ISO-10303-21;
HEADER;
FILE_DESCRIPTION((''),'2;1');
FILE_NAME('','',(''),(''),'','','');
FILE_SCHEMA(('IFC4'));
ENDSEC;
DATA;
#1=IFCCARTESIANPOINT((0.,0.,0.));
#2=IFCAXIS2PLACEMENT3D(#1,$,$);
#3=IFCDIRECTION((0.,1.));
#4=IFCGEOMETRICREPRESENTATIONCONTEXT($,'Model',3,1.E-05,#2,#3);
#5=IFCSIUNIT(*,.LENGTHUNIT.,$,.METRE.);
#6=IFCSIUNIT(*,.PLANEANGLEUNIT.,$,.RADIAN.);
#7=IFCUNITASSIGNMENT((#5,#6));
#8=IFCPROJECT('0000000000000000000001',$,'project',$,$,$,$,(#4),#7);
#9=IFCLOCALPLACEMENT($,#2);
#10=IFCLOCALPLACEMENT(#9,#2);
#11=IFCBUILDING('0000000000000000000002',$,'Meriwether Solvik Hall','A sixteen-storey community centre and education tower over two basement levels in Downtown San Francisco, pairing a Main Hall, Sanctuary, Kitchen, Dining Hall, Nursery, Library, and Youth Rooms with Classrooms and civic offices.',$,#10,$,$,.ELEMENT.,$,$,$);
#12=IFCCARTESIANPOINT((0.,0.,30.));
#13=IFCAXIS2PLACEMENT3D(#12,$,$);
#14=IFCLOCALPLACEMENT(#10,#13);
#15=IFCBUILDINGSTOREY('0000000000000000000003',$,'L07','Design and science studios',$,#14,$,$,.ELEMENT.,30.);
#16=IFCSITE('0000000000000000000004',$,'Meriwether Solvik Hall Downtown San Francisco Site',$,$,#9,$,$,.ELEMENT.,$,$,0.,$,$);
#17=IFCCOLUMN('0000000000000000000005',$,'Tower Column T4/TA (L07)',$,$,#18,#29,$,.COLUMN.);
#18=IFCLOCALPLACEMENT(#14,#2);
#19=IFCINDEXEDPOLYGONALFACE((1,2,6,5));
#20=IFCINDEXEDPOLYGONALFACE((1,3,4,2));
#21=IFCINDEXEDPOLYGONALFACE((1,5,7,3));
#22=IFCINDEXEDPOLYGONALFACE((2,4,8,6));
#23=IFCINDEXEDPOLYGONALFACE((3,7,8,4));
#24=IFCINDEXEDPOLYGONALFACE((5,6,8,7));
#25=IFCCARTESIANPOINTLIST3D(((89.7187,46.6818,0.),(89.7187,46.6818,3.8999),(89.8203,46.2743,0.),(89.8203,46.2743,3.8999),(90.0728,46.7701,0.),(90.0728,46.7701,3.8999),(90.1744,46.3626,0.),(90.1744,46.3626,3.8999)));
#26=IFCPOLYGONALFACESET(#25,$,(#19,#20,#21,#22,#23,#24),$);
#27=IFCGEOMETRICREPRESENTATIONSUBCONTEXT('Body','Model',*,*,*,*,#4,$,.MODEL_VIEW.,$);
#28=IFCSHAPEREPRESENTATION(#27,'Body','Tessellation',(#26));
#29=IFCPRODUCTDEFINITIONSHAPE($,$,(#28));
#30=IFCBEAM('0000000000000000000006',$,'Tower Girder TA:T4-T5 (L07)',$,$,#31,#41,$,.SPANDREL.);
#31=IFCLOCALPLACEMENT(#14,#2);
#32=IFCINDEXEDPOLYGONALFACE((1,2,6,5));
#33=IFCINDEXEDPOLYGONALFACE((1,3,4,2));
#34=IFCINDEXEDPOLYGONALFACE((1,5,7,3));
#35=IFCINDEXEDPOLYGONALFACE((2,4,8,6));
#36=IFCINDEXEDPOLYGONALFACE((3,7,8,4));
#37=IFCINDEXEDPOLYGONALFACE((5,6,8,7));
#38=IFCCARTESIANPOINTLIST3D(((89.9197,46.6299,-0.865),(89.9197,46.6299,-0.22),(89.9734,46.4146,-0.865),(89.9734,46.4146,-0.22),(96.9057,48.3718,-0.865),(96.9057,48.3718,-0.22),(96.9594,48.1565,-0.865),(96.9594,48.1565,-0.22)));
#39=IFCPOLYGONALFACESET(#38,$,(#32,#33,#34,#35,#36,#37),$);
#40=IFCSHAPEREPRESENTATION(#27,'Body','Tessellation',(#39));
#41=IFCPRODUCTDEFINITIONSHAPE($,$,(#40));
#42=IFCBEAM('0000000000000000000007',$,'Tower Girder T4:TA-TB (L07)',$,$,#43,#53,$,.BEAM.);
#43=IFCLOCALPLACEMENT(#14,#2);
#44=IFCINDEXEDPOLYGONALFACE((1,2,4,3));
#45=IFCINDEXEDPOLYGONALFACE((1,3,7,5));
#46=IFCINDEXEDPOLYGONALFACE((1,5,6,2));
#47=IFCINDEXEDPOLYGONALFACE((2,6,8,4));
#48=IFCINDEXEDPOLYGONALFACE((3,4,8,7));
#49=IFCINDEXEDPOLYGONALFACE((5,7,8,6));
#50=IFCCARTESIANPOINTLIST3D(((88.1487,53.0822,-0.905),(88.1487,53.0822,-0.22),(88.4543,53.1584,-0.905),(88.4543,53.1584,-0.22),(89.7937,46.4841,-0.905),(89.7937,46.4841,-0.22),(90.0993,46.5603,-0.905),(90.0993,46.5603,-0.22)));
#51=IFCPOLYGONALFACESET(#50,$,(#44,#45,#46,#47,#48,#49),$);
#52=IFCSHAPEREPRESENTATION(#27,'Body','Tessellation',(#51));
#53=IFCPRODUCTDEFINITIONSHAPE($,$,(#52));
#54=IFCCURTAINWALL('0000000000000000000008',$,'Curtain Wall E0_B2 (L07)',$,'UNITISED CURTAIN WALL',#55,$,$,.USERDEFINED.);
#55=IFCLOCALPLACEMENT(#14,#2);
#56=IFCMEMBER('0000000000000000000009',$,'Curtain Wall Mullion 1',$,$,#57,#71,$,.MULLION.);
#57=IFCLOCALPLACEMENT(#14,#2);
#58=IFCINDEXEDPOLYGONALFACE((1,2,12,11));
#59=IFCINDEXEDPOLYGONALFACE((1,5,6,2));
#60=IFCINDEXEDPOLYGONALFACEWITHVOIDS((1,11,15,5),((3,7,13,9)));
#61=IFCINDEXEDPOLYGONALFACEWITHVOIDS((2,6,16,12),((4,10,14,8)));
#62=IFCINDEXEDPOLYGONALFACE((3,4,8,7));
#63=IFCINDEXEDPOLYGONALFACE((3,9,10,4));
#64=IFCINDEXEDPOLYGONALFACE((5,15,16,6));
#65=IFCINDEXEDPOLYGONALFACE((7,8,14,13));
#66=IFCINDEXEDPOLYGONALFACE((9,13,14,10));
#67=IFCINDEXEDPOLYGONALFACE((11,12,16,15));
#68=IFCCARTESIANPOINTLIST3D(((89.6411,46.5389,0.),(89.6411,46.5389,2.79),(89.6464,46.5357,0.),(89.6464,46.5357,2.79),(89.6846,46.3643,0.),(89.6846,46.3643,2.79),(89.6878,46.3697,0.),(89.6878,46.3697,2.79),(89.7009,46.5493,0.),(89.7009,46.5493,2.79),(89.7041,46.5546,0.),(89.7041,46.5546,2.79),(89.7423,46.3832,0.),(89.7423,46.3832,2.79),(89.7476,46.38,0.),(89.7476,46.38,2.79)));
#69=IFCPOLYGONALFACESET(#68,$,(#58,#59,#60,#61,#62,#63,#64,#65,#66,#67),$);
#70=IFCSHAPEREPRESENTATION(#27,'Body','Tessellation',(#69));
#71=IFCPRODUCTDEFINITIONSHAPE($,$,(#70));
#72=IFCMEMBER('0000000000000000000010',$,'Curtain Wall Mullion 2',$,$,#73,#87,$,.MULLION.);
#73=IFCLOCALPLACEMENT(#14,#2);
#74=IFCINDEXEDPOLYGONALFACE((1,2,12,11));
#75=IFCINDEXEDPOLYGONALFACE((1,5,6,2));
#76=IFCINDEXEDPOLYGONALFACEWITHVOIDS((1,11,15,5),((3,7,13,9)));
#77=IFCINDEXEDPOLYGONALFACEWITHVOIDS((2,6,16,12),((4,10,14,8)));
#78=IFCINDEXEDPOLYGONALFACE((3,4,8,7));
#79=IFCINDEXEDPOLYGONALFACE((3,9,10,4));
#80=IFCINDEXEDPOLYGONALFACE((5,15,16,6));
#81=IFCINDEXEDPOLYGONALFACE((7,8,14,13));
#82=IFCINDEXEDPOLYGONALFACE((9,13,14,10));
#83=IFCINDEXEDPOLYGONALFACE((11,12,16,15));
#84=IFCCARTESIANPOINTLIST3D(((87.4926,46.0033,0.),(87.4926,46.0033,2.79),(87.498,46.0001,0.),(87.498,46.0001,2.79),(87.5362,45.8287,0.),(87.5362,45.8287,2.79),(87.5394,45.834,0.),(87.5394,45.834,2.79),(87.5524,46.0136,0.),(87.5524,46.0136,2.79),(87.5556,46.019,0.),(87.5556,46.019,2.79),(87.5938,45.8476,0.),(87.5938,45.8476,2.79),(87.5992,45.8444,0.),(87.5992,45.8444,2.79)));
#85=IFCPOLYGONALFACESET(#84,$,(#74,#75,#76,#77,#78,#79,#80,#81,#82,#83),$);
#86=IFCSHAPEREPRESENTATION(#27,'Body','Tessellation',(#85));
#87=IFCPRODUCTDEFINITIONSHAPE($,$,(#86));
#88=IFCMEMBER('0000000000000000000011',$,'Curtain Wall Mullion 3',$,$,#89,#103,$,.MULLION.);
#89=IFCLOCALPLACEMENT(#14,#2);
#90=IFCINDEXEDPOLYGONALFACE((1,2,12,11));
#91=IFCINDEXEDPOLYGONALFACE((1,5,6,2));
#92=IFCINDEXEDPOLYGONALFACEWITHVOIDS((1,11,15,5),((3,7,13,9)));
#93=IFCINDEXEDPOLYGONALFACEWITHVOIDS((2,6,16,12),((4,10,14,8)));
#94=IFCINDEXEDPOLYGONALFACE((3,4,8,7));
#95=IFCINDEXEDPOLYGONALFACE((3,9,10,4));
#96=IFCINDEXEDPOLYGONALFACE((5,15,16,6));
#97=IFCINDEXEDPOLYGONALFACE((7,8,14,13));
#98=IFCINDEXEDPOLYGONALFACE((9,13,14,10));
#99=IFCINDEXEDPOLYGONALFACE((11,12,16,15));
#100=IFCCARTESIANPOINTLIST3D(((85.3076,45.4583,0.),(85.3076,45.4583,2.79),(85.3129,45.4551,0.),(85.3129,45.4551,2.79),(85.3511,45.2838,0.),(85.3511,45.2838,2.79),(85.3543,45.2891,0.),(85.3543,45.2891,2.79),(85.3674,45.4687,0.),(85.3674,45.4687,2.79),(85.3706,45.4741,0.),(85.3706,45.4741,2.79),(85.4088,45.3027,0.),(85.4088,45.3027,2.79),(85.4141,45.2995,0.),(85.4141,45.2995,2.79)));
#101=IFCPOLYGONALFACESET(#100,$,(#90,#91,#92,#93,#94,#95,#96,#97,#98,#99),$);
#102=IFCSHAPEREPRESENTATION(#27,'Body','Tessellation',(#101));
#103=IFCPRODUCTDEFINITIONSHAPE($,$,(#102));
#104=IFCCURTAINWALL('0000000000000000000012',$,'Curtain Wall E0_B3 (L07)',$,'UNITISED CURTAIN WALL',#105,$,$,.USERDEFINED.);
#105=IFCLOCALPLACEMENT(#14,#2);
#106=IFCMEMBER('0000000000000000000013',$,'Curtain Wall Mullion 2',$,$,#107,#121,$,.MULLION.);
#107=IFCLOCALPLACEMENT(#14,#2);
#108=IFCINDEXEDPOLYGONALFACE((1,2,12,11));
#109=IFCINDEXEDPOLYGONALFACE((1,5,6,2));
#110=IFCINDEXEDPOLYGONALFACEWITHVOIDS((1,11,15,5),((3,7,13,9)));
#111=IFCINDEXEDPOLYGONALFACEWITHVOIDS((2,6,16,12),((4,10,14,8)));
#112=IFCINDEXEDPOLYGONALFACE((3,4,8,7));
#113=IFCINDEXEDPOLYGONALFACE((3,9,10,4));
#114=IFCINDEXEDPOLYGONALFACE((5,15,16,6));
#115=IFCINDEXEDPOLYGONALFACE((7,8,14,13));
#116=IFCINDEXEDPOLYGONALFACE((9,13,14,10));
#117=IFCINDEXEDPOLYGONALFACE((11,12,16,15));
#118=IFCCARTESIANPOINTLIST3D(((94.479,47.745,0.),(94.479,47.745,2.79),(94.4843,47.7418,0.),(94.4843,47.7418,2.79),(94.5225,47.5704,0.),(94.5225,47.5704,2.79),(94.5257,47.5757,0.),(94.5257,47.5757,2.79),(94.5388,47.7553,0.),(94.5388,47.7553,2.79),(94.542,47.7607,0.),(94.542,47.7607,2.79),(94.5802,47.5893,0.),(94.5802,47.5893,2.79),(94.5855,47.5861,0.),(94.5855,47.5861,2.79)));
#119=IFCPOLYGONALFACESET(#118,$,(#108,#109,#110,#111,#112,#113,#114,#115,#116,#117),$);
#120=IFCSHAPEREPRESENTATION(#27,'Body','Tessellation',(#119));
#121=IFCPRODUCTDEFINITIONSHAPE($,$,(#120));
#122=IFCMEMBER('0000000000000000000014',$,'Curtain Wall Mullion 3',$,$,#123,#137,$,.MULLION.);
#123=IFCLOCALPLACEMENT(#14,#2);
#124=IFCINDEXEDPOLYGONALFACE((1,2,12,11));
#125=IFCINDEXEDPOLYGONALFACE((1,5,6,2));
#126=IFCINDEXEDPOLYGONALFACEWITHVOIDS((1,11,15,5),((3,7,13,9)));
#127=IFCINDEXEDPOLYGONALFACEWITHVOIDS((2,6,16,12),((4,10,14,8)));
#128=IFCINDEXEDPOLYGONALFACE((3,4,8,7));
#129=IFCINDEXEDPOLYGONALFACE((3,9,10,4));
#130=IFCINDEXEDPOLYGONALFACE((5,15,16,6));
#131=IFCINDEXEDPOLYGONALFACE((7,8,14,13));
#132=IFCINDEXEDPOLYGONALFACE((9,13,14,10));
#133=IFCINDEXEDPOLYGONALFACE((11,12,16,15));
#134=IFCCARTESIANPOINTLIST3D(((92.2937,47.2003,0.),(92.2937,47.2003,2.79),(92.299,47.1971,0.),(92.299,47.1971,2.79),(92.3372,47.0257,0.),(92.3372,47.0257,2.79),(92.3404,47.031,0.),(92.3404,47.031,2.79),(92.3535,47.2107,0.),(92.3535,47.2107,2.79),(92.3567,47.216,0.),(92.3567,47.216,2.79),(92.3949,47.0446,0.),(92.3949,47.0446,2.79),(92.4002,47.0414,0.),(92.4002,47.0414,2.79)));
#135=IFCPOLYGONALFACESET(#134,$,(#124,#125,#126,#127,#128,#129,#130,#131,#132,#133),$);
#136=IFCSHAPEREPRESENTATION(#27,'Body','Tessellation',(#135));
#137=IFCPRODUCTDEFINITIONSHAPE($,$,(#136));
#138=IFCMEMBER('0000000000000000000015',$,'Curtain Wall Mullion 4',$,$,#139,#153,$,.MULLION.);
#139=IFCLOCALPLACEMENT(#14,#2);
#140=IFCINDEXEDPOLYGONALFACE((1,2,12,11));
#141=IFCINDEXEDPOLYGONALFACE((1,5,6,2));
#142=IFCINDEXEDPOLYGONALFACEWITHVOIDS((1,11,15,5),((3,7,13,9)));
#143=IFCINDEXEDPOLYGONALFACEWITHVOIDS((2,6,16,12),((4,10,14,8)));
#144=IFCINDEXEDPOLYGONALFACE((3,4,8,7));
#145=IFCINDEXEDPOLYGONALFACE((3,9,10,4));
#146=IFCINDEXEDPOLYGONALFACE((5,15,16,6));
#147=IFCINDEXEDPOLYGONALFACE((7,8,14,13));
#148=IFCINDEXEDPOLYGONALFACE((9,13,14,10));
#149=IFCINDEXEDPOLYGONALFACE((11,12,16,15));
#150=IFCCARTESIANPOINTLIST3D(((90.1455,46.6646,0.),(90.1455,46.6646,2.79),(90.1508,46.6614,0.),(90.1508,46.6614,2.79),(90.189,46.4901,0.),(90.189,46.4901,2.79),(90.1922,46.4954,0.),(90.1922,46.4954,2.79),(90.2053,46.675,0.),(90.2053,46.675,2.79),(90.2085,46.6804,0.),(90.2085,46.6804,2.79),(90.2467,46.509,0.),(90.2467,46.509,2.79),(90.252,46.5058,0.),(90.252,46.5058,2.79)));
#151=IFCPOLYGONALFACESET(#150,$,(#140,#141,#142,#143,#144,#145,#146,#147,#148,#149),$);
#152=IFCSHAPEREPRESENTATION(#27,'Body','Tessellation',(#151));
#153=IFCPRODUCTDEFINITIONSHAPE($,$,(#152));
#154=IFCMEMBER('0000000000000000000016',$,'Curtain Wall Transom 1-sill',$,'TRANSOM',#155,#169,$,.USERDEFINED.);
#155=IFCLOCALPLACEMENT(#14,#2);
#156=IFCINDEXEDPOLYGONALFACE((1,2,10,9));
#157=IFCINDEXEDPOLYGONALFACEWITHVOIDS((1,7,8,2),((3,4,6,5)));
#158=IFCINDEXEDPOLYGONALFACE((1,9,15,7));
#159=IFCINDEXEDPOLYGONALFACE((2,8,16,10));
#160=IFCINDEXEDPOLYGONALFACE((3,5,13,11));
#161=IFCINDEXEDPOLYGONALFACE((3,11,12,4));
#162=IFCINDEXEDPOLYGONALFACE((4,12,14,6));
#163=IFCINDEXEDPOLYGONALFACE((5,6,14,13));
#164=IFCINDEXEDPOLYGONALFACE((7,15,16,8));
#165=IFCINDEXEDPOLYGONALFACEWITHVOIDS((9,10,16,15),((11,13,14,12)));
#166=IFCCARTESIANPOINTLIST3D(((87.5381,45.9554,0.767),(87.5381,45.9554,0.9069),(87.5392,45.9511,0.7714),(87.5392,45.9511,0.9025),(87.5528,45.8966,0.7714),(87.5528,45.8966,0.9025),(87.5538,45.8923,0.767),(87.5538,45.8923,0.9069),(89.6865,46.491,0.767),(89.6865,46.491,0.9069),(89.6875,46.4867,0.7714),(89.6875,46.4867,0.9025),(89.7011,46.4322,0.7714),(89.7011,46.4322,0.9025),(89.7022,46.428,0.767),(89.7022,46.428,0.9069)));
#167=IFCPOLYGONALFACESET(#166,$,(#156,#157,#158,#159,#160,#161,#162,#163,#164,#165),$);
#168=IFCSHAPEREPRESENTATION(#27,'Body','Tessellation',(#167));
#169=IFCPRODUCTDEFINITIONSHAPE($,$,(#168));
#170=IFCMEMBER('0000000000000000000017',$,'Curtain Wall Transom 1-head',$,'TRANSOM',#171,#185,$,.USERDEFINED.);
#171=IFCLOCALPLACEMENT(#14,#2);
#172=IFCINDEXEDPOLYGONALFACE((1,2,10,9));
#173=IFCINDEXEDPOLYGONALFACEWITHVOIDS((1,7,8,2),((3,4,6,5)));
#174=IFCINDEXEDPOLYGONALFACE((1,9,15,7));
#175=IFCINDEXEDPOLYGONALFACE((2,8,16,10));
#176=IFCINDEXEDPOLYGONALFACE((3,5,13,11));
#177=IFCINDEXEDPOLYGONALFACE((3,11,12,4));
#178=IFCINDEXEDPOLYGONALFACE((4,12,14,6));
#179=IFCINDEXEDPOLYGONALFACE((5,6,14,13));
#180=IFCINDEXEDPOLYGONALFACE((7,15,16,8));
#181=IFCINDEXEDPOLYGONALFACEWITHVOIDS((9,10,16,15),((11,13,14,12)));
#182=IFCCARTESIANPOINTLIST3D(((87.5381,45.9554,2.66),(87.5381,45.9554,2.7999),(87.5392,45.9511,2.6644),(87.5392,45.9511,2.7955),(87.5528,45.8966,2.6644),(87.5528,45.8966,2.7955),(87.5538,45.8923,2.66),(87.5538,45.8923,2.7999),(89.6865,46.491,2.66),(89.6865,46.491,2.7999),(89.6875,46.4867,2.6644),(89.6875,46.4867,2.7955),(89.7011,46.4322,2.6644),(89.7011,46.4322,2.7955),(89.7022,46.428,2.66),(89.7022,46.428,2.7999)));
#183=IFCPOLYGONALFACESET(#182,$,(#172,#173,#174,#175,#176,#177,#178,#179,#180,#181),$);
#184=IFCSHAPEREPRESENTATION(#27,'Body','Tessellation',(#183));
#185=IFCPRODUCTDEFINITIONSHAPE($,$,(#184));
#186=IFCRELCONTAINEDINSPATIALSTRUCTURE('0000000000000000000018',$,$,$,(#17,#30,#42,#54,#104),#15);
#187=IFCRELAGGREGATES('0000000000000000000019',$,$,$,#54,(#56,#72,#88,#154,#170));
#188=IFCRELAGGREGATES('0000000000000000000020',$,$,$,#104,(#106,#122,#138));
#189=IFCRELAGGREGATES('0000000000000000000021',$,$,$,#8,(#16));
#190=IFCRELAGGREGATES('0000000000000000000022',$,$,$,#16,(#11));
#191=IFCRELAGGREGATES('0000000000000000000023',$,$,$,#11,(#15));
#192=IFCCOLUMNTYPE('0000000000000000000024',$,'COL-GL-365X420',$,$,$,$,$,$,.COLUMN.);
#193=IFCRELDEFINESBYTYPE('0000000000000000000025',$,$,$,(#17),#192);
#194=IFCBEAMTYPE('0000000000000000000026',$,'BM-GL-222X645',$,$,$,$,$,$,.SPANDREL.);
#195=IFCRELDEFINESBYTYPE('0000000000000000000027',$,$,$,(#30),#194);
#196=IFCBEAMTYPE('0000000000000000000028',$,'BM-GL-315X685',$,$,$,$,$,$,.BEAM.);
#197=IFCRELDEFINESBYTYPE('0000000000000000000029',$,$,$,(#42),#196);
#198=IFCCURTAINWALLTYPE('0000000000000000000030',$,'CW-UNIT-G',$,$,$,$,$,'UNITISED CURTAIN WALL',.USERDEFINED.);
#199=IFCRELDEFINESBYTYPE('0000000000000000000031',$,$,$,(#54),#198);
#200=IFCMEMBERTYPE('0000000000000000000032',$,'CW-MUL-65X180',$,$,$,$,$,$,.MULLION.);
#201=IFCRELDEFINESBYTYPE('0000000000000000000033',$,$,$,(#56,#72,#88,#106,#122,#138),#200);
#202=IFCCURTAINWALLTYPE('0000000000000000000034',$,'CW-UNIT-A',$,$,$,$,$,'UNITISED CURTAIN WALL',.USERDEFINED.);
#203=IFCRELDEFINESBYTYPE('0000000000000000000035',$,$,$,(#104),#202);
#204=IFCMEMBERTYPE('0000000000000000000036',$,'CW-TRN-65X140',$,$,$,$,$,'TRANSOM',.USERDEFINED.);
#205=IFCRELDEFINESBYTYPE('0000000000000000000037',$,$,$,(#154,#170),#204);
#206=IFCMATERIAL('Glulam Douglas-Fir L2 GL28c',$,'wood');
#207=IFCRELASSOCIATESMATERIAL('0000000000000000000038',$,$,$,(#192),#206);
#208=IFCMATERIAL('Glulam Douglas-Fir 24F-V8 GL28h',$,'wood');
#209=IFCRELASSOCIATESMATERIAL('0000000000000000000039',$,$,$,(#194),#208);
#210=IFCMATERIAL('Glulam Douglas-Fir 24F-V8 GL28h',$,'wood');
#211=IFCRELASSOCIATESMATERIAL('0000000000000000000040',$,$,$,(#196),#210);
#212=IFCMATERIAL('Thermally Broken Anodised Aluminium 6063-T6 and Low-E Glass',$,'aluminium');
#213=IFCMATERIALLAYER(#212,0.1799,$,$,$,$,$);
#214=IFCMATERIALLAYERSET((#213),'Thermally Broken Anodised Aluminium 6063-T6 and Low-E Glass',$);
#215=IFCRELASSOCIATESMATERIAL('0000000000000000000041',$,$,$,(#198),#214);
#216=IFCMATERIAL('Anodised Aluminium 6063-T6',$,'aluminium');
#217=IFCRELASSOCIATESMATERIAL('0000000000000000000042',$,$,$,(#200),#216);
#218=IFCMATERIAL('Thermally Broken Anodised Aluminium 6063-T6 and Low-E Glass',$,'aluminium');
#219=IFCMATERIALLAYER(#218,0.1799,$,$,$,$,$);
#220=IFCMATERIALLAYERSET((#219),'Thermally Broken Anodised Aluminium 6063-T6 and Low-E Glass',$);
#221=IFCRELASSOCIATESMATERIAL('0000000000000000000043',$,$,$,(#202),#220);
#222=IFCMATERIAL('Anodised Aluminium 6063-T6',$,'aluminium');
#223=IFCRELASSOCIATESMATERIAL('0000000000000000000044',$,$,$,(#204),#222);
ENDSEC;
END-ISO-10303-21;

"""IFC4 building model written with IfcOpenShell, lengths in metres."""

from ifc_helpers import new_model, si_unit, direction, frame, origin, origin_2d, place, context, subcontext, project, spatial, rectangle, hollow_rectangle, extrude, material, layer, layer_set, material_profile, profile_set, type_object, element, aggregate, save


model = new_model("IFC4")

# Units and contexts
model_context = context("Model", 3, precision=1e-05, world=origin(), true_north=direction((0.0, 1.0)))
body_context = subcontext(model_context, "Body", "Model", "MODEL_VIEW")
ifc_project = project(units=[si_unit("LENGTHUNIT", "METRE"), si_unit("PLANEANGLEUNIT", "RADIAN")], contexts=[model_context])

# Site, building, storey
site_placement = place(None, origin())
site = spatial("IfcSite", under=ifc_project, at=site_placement, Name="Meriwether Solvik Hall Downtown San Francisco Site", CompositionType="ELEMENT", RefElevation=0.0)
building_placement = place(site_placement, origin())
building = spatial("IfcBuilding", under=site, at=building_placement, Name="Meriwether Solvik Hall", Description="A sixteen-storey community centre and education tower over two basement levels in Downtown San Francisco, pairing a Main Hall, Sanctuary, Kitchen, Dining Hall, Nursery, Library, and Youth Rooms with Classrooms and civic offices.", CompositionType="ELEMENT")
storey_placement = place(building_placement, frame((0.0, 0.0, 30.0)))
storey = spatial("IfcBuildingStorey", under=building, at=storey_placement, Name="L07", Description="Design and science studios", CompositionType="ELEMENT", Elevation=30.0)

# Column
ifc_material_1 = material(Name="Glulam Douglas-Fir L2 GL28c", Category="wood")
ifc_material_profile_1 = material_profile(ifc_material_1, rectangle(XDim=0.365, YDim=0.4199, at=origin_2d()), Name="GLC-365X420")
ifc_profile_set_1 = profile_set([ifc_material_profile_1], Name="Glulam Douglas-Fir L2 GL28c")
column_type = type_object("IfcColumnType", Name="COL-GL-365X420", PredefinedType="COLUMN", material=ifc_profile_set_1)
column_placement = place(storey_placement, frame((89.9465, 46.5222, 0.0), z_axis=(0.0, 0.0, 1.0), x_axis=(0.970296, 0.241922, 0.0)))
element("IfcColumn", 1, at=column_placement, inside=storey, type_object=column_type, Name="Tower Column T4/TA (L07)", PredefinedType="COLUMN", context=body_context, shape_type="SweptSolid", body=[
    extrude(rectangle(XDim=0.365, YDim=0.4199, at=origin_2d()), origin(), (0.0, 0.0, 1.0), 3.8999),
])

# Beams
ifc_material_2 = material(Name="Glulam Douglas-Fir 24F-V8 GL28h", Category="wood")
ifc_material_profile_2 = material_profile(ifc_material_2, rectangle(XDim=0.2219, YDim=0.645, at=origin_2d()), Name="GLB-222X645")
ifc_profile_set_2 = profile_set([ifc_material_profile_2], Name="Glulam Douglas-Fir 24F-V8 GL28h")
beam_type_1 = type_object("IfcBeamType", Name="BM-GL-222X645", PredefinedType="SPANDREL", material=ifc_profile_set_2)
beam_1_placement = place(storey_placement, frame((89.9465, 46.5222, -0.5425), z_axis=(0.970292, 0.241937, 0.0), x_axis=(-0.241937, 0.970292, 0.0)))
element("IfcBeam", 2, at=beam_1_placement, inside=storey, type_object=beam_type_1, Name="Tower Girder TA:T4-T5 (L07)", PredefinedType="SPANDREL", context=body_context, shape_type="SweptSolid", body=[
    extrude(rectangle(XDim=0.2219, YDim=0.645, at=origin_2d()), origin(), (0.0, 0.0, 1.0), 7.2),
])
ifc_material_3 = material(Name="Glulam Douglas-Fir 24F-V8 GL28h", Category="wood")
ifc_material_profile_3 = material_profile(ifc_material_3, rectangle(XDim=0.3149, YDim=0.6851, at=origin_2d()), Name="GLB-315X685")
ifc_profile_set_3 = profile_set([ifc_material_profile_3], Name="Glulam Douglas-Fir 24F-V8 GL28h")
beam_type_2 = type_object("IfcBeamType", Name="BM-GL-315X685", PredefinedType="BEAM", material=ifc_profile_set_3)
beam_2_placement = place(storey_placement, frame((89.9465, 46.5222, -0.5625), z_axis=(-0.24191, 0.970299, 0.0), x_axis=(-0.970299, -0.24191, 0.0)))
element("IfcBeam", 3, at=beam_2_placement, inside=storey, type_object=beam_type_2, Name="Tower Girder T4:TA-TB (L07)", PredefinedType="BEAM", context=body_context, shape_type="SweptSolid", body=[
    extrude(rectangle(XDim=0.3149, YDim=0.6851, at=origin_2d()), origin(), (0.0, 0.0, 1.0), 6.8),
])

# Curtain walls, members
ifc_material_4 = material(Name="Thermally Broken Anodised Aluminium 6063-T6 and Low-E Glass", Category="aluminium")
ifc_layer_1 = layer(ifc_material_4, 0.1799)
ifc_layer_set_1 = layer_set([ifc_layer_1], Name="Thermally Broken Anodised Aluminium 6063-T6 and Low-E Glass")
curtain_wall_type_1 = type_object("IfcCurtainWallType", Name="CW-UNIT-G", ElementType="UNITISED CURTAIN WALL", PredefinedType="USERDEFINED", material=ifc_layer_set_1)
curtain_wall_1_placement = place(storey_placement, origin())
curtain_wall_1 = element("IfcCurtainWall", 4, at=curtain_wall_1_placement, inside=storey, type_object=curtain_wall_type_1, Name="Curtain Wall E0_B2 (L07)", ObjectType="UNITISED CURTAIN WALL", PredefinedType="USERDEFINED")
ifc_material_5 = material(Name="Anodised Aluminium 6063-T6", Category="aluminium")
ifc_material_profile_4 = material_profile(ifc_material_5, hollow_rectangle(XDim=0.0649, YDim=0.1799, WallThickness=0.0044, at=origin_2d()), Name="CWM-65X180")
ifc_profile_set_4 = profile_set([ifc_material_profile_4], Name="Anodised Aluminium 6063-T6")
member_type_1 = type_object("IfcMemberType", Name="CW-MUL-65X180", PredefinedType="MULLION", material=ifc_profile_set_4)
member_1_placement = place(storey_placement, frame((89.6943, 46.4595, 0.0), z_axis=(0.0, 0.0, 1.0), x_axis=(-0.970296, -0.241922, 0.0)))
member_1 = element("IfcMember", 5, at=member_1_placement, type_object=member_type_1, Name="Curtain Wall Mullion 1", PredefinedType="MULLION", context=body_context, shape_type="SweptSolid", body=[
    extrude(hollow_rectangle(XDim=0.0649, YDim=0.1799, WallThickness=0.0044, at=origin_2d()), origin(), (0.0, 0.0, 1.0), 2.79),
])
member_2_placement = place(storey_placement, frame((87.5459, 45.9238, 0.0), z_axis=(0.0, 0.0, 1.0), x_axis=(-0.970296, -0.241922, 0.0)))
member_2 = element("IfcMember", 6, at=member_2_placement, type_object=member_type_1, Name="Curtain Wall Mullion 2", PredefinedType="MULLION", context=body_context, shape_type="SweptSolid", body=[
    extrude(hollow_rectangle(XDim=0.0649, YDim=0.1799, WallThickness=0.0044, at=origin_2d()), origin(), (0.0, 0.0, 1.0), 2.79),
])
member_3_placement = place(storey_placement, frame((85.3608, 45.3789, 0.0), z_axis=(0.0, 0.0, 1.0), x_axis=(-0.970296, -0.241922, 0.0)))
member_3 = element("IfcMember", 7, at=member_3_placement, type_object=member_type_1, Name="Curtain Wall Mullion 3", PredefinedType="MULLION", context=body_context, shape_type="SweptSolid", body=[
    extrude(hollow_rectangle(XDim=0.0649, YDim=0.1799, WallThickness=0.0044, at=origin_2d()), origin(), (0.0, 0.0, 1.0), 2.79),
])
ifc_material_6 = material(Name="Thermally Broken Anodised Aluminium 6063-T6 and Low-E Glass", Category="aluminium")
ifc_layer_2 = layer(ifc_material_6, 0.1799)
ifc_layer_set_2 = layer_set([ifc_layer_2], Name="Thermally Broken Anodised Aluminium 6063-T6 and Low-E Glass")
curtain_wall_type_2 = type_object("IfcCurtainWallType", Name="CW-UNIT-A", ElementType="UNITISED CURTAIN WALL", PredefinedType="USERDEFINED", material=ifc_layer_set_2)
curtain_wall_2_placement = place(storey_placement, origin())
curtain_wall_2 = element("IfcCurtainWall", 8, at=curtain_wall_2_placement, inside=storey, type_object=curtain_wall_type_2, Name="Curtain Wall E0_B3 (L07)", ObjectType="UNITISED CURTAIN WALL", PredefinedType="USERDEFINED")
member_4_placement = place(storey_placement, frame((94.5322, 47.6655, 0.0), z_axis=(0.0, 0.0, 1.0), x_axis=(-0.970296, -0.241922, 0.0)))
member_4 = element("IfcMember", 9, at=member_4_placement, type_object=member_type_1, Name="Curtain Wall Mullion 2", PredefinedType="MULLION", context=body_context, shape_type="SweptSolid", body=[
    extrude(hollow_rectangle(XDim=0.0649, YDim=0.1799, WallThickness=0.0044, at=origin_2d()), origin(), (0.0, 0.0, 1.0), 2.79),
])
member_5_placement = place(storey_placement, frame((92.3469, 47.1208, 0.0), z_axis=(0.0, 0.0, 1.0), x_axis=(-0.970296, -0.241922, 0.0)))
member_5 = element("IfcMember", 10, at=member_5_placement, type_object=member_type_1, Name="Curtain Wall Mullion 3", PredefinedType="MULLION", context=body_context, shape_type="SweptSolid", body=[
    extrude(hollow_rectangle(XDim=0.0649, YDim=0.1799, WallThickness=0.0044, at=origin_2d()), origin(), (0.0, 0.0, 1.0), 2.79),
])
member_6_placement = place(storey_placement, frame((90.1987, 46.5852, 0.0), z_axis=(0.0, 0.0, 1.0), x_axis=(-0.970296, -0.241922, 0.0)))
member_6 = element("IfcMember", 11, at=member_6_placement, type_object=member_type_1, Name="Curtain Wall Mullion 4", PredefinedType="MULLION", context=body_context, shape_type="SweptSolid", body=[
    extrude(hollow_rectangle(XDim=0.0649, YDim=0.1799, WallThickness=0.0044, at=origin_2d()), origin(), (0.0, 0.0, 1.0), 2.79),
])

# Members
ifc_material_7 = material(Name="Anodised Aluminium 6063-T6", Category="aluminium")
ifc_material_profile_5 = material_profile(ifc_material_7, hollow_rectangle(XDim=0.0649, YDim=0.1399, WallThickness=0.0044, at=origin_2d()), Name="CWT-65X140")
ifc_profile_set_5 = profile_set([ifc_material_profile_5], Name="Anodised Aluminium 6063-T6")
member_type_2 = type_object("IfcMemberType", Name="CW-TRN-65X140", ElementType="TRANSOM", PredefinedType="USERDEFINED", material=ifc_profile_set_5)
member_7_placement = place(storey_placement, frame((89.6943, 46.4595, 0.8369), z_axis=(-0.970298, -0.241913, 0.0), x_axis=(0.241913, -0.970298, 0.0)))
member_7 = element("IfcMember", 12, at=member_7_placement, type_object=member_type_2, Name="Curtain Wall Transom 1-sill", ObjectType="TRANSOM", PredefinedType="USERDEFINED", context=body_context, shape_type="SweptSolid", body=[
    extrude(hollow_rectangle(XDim=0.0649, YDim=0.1399, WallThickness=0.0044, at=origin_2d()), origin(), (0.0, 0.0, 1.0), 2.2141),
])
member_8_placement = place(storey_placement, frame((89.6943, 46.4595, 2.73), z_axis=(-0.970298, -0.241913, 0.0), x_axis=(0.241913, -0.970298, 0.0)))
member_8 = element("IfcMember", 13, at=member_8_placement, type_object=member_type_2, Name="Curtain Wall Transom 1-head", ObjectType="TRANSOM", PredefinedType="USERDEFINED", context=body_context, shape_type="SweptSolid", body=[
    extrude(hollow_rectangle(XDim=0.0649, YDim=0.1399, WallThickness=0.0044, at=origin_2d()), origin(), (0.0, 0.0, 1.0), 2.2141),
])

aggregate(curtain_wall_1, [member_1, member_2, member_3, member_7, member_8])
aggregate(curtain_wall_2, [member_4, member_5, member_6])

save(model, "model.ifc")
